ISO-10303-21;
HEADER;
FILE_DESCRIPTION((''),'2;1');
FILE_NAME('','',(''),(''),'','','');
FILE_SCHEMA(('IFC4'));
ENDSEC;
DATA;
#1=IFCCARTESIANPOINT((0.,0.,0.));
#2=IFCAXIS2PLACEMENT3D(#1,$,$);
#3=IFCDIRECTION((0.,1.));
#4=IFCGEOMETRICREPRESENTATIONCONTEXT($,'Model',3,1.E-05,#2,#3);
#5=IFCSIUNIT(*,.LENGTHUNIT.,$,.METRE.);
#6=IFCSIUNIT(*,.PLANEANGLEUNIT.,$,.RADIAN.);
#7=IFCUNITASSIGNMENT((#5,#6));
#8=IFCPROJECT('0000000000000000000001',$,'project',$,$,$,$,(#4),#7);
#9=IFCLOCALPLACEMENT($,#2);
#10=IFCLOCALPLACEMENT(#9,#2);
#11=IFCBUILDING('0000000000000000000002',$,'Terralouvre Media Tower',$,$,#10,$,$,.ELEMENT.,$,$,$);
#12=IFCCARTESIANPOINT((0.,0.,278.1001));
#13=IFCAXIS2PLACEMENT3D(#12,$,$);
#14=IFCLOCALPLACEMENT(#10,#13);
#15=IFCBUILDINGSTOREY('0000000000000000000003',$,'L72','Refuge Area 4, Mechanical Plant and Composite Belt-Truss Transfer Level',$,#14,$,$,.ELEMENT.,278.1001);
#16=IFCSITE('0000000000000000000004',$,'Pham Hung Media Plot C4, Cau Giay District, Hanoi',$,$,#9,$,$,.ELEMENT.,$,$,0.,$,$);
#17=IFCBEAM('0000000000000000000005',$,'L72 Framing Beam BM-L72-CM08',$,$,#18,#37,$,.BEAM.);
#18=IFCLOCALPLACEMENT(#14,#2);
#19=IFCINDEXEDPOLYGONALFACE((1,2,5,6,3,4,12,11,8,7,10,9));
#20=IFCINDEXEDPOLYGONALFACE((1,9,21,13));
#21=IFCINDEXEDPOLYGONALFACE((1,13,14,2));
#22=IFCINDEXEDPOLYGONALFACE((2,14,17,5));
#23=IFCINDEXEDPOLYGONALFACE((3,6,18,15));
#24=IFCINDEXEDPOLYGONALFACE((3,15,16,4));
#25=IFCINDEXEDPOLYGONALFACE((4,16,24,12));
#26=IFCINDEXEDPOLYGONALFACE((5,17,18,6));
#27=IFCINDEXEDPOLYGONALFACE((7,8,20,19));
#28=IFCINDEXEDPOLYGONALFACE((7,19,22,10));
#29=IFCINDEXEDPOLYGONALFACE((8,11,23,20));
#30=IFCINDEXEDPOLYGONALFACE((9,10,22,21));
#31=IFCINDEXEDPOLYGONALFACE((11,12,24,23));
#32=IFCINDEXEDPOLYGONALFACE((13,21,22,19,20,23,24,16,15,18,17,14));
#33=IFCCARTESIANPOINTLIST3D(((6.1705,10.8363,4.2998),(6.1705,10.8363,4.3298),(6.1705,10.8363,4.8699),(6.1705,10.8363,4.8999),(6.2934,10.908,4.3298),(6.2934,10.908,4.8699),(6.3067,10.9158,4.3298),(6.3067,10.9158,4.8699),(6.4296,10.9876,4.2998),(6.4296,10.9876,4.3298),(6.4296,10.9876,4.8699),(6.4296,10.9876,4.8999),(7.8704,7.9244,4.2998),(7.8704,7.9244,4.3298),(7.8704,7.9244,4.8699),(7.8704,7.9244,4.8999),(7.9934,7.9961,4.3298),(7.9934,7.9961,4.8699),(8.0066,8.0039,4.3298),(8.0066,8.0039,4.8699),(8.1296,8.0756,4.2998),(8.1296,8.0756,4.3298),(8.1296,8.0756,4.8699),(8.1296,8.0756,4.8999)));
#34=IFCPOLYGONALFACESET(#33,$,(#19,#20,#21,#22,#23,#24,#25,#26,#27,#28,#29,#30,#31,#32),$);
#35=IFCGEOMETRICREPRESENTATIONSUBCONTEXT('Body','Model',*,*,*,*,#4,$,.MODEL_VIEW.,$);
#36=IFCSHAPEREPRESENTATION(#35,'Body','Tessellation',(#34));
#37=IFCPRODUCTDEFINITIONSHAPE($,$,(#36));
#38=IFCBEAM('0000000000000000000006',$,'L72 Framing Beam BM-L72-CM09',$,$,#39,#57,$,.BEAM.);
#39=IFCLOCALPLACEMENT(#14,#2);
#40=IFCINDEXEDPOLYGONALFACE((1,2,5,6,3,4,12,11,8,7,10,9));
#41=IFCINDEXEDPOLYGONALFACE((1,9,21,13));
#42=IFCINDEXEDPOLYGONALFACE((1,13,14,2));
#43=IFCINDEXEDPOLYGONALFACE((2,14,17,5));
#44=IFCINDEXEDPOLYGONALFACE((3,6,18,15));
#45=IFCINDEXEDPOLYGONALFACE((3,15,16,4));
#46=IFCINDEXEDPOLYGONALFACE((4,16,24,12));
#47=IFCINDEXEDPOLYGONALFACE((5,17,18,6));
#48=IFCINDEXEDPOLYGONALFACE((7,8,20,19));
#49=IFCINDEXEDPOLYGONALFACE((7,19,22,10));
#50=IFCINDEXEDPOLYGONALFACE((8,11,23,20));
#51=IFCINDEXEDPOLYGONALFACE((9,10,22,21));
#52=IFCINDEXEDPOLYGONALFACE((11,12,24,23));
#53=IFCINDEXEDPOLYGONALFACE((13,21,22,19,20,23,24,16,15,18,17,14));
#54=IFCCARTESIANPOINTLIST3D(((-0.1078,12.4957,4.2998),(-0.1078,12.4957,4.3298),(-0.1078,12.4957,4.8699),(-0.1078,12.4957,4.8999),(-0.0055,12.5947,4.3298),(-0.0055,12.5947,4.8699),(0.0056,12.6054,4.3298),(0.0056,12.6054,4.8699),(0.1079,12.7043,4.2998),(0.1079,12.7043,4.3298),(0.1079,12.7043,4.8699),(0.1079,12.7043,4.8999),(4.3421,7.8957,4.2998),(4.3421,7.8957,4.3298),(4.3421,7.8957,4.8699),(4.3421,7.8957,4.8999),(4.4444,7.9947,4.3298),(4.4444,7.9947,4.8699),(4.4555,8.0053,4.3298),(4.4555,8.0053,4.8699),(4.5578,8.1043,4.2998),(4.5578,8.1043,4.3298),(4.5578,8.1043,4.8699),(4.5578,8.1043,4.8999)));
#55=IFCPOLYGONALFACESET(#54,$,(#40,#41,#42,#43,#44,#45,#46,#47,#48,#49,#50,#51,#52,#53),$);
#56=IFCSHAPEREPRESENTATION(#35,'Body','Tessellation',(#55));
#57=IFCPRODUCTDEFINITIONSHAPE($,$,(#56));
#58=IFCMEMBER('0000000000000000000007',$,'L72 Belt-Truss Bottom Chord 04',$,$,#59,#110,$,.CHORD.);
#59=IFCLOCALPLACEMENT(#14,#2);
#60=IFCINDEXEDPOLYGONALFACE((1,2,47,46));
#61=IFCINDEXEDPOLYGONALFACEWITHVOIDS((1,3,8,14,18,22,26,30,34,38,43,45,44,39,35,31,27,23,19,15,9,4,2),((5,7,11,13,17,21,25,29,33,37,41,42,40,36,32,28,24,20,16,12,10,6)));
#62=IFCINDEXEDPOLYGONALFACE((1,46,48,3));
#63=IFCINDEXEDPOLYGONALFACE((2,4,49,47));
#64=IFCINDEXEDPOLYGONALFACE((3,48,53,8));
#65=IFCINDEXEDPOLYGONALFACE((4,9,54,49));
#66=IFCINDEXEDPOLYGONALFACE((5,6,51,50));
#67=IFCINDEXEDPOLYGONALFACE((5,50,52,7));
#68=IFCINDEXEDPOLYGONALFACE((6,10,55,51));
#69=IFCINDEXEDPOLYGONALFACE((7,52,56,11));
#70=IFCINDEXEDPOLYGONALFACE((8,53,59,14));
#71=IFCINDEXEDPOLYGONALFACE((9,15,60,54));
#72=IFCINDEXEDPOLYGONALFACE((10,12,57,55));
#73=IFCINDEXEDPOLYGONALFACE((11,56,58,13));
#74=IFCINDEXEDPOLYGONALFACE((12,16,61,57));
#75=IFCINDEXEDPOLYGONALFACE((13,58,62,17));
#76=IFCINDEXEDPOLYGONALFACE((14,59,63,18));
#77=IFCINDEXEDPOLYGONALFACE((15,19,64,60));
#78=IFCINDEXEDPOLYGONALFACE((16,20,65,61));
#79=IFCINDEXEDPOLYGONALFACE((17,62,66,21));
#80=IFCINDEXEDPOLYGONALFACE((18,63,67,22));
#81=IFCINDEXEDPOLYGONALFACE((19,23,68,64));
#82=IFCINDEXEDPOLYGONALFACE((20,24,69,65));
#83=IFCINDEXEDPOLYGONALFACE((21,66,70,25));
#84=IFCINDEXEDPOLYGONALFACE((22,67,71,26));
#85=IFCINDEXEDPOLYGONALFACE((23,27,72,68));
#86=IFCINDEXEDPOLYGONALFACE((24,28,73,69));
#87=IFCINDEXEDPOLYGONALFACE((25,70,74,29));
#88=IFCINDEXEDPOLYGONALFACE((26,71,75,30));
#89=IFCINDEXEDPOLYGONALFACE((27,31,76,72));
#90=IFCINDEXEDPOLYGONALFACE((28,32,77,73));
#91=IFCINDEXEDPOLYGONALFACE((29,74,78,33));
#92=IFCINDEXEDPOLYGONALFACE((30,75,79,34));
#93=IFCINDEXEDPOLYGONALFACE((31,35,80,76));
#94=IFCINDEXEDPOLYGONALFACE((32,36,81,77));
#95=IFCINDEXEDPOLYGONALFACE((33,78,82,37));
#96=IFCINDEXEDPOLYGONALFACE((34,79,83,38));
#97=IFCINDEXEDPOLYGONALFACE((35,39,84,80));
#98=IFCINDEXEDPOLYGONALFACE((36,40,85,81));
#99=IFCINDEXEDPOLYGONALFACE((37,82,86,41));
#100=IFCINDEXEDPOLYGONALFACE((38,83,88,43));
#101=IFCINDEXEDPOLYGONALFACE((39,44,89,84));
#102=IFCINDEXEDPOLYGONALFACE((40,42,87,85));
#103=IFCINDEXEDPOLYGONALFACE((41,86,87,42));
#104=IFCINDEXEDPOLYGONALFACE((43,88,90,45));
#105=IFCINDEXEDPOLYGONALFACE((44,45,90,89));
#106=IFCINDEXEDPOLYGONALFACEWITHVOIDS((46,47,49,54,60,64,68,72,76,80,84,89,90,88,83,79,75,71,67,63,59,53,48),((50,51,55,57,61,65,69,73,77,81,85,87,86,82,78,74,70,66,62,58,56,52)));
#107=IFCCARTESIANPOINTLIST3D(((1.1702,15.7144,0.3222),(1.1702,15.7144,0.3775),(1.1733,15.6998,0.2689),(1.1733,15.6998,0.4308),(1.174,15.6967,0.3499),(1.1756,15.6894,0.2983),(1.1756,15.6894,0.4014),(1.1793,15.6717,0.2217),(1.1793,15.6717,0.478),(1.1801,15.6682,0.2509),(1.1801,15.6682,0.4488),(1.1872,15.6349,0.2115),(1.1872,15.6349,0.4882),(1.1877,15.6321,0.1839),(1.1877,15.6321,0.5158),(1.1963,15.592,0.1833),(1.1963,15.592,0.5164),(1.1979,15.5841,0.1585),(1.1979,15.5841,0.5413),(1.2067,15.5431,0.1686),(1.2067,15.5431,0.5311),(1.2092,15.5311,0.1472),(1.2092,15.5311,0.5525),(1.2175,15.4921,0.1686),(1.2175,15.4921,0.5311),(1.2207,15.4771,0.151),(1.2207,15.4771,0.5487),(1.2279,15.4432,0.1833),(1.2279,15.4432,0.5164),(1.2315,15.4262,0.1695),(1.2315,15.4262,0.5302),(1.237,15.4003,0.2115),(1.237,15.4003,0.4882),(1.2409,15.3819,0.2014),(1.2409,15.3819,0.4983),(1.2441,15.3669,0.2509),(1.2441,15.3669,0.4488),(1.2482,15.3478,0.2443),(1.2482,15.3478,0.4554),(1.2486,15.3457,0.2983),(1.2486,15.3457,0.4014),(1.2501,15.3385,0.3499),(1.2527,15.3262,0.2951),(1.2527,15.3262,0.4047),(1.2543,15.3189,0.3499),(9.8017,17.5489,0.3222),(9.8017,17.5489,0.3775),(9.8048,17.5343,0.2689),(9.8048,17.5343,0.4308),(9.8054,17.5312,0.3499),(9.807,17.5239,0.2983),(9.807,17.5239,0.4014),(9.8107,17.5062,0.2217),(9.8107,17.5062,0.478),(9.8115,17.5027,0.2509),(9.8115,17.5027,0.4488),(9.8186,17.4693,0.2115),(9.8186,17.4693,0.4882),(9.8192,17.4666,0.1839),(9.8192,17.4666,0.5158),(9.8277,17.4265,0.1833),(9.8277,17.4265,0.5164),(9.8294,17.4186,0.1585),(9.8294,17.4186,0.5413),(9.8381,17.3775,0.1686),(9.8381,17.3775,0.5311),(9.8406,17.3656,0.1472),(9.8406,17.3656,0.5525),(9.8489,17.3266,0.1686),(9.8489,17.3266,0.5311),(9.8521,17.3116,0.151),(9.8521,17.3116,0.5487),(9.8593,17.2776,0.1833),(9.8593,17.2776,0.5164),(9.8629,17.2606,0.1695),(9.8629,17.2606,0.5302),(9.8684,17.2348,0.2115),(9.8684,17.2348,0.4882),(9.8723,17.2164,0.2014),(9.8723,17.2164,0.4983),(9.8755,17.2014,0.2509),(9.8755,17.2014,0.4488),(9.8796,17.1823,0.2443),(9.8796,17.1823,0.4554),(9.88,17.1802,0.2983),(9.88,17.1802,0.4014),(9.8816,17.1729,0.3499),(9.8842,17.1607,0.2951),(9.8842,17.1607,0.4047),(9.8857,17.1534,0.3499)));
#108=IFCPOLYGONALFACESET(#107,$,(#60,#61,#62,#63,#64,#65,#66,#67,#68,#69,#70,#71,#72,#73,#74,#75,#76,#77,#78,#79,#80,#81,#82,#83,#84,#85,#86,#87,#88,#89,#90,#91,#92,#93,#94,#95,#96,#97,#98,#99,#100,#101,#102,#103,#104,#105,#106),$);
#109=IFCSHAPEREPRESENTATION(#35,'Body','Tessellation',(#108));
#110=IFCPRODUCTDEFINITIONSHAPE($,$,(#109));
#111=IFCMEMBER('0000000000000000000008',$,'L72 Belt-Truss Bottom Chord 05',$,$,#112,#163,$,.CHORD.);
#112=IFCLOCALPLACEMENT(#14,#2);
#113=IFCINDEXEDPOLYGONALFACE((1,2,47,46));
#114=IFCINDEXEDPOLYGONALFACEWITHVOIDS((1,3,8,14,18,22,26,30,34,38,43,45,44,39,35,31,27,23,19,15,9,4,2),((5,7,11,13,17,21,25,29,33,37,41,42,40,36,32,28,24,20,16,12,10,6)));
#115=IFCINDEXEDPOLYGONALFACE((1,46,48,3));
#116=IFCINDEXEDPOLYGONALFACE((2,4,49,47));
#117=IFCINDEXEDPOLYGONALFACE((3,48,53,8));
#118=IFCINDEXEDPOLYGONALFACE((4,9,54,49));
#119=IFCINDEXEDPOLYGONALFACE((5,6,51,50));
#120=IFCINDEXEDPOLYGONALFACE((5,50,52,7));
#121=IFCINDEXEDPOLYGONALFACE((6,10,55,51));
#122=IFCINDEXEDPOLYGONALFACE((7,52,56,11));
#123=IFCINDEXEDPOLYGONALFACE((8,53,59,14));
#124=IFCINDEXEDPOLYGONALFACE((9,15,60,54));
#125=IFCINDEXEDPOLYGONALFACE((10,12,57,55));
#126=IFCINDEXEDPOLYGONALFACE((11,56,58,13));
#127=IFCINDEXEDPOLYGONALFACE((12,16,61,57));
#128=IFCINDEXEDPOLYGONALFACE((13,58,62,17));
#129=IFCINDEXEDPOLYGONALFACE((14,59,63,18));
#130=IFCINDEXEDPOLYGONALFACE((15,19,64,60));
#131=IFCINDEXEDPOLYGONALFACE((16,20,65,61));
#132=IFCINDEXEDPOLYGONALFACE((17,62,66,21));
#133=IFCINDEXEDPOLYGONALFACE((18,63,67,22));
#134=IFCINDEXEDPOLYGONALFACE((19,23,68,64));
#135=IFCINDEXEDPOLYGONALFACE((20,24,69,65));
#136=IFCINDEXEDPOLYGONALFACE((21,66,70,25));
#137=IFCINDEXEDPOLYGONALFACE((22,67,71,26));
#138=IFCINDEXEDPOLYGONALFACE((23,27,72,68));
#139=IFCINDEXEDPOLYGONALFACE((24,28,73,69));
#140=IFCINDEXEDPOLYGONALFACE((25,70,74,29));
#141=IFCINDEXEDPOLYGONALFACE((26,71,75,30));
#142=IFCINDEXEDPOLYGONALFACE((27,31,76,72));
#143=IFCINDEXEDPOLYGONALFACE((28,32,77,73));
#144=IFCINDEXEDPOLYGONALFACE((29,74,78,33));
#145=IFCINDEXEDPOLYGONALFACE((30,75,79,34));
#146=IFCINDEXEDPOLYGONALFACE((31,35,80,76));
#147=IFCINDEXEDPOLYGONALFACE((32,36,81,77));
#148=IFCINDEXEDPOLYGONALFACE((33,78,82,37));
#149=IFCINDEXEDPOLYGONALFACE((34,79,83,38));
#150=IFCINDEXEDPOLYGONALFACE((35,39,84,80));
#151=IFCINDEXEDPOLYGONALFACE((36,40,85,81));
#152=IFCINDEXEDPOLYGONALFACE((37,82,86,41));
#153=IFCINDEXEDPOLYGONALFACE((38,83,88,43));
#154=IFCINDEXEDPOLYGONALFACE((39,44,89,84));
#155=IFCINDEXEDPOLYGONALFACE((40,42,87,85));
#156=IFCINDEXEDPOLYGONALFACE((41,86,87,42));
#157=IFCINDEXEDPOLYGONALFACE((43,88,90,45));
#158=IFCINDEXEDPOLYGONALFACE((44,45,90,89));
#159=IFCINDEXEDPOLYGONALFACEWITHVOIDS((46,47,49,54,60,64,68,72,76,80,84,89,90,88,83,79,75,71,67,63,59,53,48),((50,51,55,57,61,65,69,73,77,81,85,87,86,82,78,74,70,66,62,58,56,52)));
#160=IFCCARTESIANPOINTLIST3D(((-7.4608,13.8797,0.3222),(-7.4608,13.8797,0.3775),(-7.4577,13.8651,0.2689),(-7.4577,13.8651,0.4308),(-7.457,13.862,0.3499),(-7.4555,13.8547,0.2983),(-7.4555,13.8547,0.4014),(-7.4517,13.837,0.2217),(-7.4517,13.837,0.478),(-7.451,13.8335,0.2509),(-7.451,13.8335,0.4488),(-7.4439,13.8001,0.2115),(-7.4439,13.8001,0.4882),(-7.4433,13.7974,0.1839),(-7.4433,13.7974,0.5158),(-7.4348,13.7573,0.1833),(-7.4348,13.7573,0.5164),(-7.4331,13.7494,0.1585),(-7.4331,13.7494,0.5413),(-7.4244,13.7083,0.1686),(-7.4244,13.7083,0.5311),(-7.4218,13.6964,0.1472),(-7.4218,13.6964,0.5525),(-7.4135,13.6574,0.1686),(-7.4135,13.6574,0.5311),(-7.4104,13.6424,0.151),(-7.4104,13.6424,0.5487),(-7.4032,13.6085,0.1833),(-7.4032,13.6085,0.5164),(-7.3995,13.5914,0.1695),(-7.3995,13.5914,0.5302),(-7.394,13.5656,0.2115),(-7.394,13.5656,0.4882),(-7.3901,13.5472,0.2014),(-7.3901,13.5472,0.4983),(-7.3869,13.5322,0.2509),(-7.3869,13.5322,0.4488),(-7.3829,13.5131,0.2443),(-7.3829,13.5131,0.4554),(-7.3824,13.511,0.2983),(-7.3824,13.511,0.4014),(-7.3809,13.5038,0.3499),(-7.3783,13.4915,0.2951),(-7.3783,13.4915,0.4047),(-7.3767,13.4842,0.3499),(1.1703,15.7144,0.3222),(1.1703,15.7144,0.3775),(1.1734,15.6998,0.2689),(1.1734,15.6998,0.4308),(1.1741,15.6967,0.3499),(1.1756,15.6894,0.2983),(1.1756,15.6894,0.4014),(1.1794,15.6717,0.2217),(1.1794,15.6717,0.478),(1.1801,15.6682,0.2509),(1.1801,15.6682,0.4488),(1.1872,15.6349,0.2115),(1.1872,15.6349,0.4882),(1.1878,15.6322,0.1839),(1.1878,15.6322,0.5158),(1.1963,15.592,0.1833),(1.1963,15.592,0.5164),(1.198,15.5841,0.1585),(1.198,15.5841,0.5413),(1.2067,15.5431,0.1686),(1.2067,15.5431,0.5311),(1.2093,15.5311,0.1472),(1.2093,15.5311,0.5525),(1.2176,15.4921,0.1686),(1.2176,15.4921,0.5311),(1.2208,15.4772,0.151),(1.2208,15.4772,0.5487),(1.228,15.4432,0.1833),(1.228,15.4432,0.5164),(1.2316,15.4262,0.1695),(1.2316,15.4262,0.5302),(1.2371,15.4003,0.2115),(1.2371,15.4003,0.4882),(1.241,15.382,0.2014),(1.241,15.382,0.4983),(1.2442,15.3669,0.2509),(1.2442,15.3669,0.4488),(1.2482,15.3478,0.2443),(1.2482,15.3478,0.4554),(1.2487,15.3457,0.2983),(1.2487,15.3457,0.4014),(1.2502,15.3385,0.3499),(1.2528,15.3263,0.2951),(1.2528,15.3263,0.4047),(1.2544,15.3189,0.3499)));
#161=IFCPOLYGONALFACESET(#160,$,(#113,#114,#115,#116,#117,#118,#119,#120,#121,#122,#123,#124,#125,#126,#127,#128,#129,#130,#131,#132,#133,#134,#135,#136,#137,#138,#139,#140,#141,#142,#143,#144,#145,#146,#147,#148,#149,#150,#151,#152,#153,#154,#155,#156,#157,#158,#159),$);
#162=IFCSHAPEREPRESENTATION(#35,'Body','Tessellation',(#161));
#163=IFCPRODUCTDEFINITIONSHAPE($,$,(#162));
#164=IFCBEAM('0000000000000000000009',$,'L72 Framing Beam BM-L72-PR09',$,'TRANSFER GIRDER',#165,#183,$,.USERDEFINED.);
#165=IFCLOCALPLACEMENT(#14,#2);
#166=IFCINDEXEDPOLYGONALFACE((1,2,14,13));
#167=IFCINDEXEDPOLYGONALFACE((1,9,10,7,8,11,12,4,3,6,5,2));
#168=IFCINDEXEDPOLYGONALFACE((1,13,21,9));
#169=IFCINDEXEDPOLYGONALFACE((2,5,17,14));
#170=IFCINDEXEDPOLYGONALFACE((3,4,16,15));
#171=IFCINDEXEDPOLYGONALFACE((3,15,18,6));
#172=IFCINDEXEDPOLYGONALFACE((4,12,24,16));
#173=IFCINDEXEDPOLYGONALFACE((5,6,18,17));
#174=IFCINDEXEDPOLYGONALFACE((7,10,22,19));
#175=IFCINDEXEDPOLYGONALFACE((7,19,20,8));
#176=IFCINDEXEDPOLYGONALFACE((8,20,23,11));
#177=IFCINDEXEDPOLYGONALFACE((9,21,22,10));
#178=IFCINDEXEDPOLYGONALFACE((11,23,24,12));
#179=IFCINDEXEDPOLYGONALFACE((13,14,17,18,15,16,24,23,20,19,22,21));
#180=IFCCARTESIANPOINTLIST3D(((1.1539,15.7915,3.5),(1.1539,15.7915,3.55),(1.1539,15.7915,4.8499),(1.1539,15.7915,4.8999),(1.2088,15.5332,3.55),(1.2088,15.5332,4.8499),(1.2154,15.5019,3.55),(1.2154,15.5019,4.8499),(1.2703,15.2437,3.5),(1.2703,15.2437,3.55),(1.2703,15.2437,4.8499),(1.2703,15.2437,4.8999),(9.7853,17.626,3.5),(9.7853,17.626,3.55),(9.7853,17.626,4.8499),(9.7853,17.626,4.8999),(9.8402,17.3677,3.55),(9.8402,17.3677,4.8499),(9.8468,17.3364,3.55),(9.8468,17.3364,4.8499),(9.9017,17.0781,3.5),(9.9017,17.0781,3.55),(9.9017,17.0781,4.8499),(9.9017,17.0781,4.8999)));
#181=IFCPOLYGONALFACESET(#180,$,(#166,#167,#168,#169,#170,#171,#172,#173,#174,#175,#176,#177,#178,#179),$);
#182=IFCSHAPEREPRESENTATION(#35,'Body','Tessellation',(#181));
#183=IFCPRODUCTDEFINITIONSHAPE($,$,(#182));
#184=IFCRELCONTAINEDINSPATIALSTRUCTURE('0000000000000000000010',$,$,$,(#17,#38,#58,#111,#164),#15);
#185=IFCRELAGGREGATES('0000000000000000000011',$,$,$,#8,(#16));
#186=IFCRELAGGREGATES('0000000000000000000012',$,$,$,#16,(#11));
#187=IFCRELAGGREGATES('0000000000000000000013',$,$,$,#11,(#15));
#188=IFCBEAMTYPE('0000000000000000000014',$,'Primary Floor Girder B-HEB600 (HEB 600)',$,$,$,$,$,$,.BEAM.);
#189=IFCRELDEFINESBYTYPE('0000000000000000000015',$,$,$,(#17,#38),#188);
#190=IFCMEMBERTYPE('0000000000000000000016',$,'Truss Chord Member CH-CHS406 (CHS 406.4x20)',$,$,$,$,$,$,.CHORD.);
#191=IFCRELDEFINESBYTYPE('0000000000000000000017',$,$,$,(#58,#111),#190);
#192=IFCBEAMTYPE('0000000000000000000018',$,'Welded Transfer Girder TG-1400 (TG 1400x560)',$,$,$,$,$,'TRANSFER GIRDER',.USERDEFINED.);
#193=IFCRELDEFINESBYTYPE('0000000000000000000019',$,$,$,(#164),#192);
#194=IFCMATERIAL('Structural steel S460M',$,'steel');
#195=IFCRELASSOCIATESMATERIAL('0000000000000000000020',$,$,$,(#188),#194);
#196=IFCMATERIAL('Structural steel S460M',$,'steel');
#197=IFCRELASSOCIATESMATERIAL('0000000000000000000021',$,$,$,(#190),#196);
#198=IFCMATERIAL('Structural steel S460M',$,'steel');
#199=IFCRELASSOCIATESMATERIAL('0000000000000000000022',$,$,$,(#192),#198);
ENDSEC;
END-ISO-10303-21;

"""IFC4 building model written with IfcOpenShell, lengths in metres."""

from ifc_helpers import new_model, si_unit, direction, frame, origin, origin_2d, place, context, subcontext, project, spatial, hollow_circle, i_section, extrude, material, material_profile, profile_set, type_object, element, save


model = new_model("IFC4")

# Units and contexts
model_context = context("Model", 3, precision=1e-05, world=origin(), true_north=direction((0.0, 1.0)))
body_context = subcontext(model_context, "Body", "Model", "MODEL_VIEW")
ifc_project = project(units=[si_unit("LENGTHUNIT", "METRE"), si_unit("PLANEANGLEUNIT", "RADIAN")], contexts=[model_context])

# Site, building, storey
site_placement = place(None, origin())
site = spatial("IfcSite", under=ifc_project, at=site_placement, Name="Pham Hung Media Plot C4, Cau Giay District, Hanoi", CompositionType="ELEMENT", RefElevation=0.0)
building_placement = place(site_placement, origin())
building = spatial("IfcBuilding", under=site, at=building_placement, Name="Terralouvre Media Tower", CompositionType="ELEMENT")
storey_placement = place(building_placement, frame((0.0, 0.0, 278.1001)))
storey = spatial("IfcBuildingStorey", under=building, at=storey_placement, Name="L72", Description="Refuge Area 4, Mechanical Plant and Composite Belt-Truss Transfer Level", CompositionType="ELEMENT", Elevation=278.1001)

# Beams
ifc_material_1 = material(Name="Structural steel S460M", Category="steel")
ifc_material_profile_1 = material_profile(ifc_material_1, i_section(OverallWidth=0.3, OverallDepth=0.6001, WebThickness=0.0154, FlangeThickness=0.03, at=origin_2d()), Name="HEB 600")
ifc_profile_set_1 = profile_set([ifc_material_profile_1], Name="Structural steel S460M")
beam_type_1 = type_object("IfcBeamType", Name="Primary Floor Girder B-HEB600 (HEB 600)", PredefinedType="BEAM", material=ifc_profile_set_1)
for number, where, z_axis, x_axis, name in (
    (1, (8.0, 8.0, 4.5999), (-0.504173, 0.863603, 0.0), (-0.863603, -0.504173, 0.0), "L72 Framing Beam BM-L72-CM08"),
):
    element("IfcBeam", number, at=place(storey_placement, frame(where, z_axis=z_axis, x_axis=x_axis)), inside=storey, type_object=beam_type_1, Name=name, PredefinedType="BEAM", context=body_context, shape_type="SweptSolid", body=[
        extrude(i_section(OverallWidth=0.3, OverallDepth=0.6001, WebThickness=0.0154, FlangeThickness=0.03, at=origin_2d()), origin(), (0.0, 0.0, 1.0), 3.3718),
    ])
beam_1_placement = place(storey_placement, frame((4.45, 8.0, 4.5999), z_axis=(-0.69528, 0.718739, 0.0), x_axis=(-0.718739, -0.69528, 0.0)))
element("IfcBeam", 2, at=beam_1_placement, inside=storey, type_object=beam_type_1, Name="L72 Framing Beam BM-L72-CM09", PredefinedType="BEAM", context=body_context, shape_type="SweptSolid", body=[
    extrude(i_section(OverallWidth=0.3, OverallDepth=0.6001, WebThickness=0.0154, FlangeThickness=0.03, at=origin_2d()), origin(), (0.0, 0.0, 1.0), 6.4001),
])

# Members
ifc_material_2 = material(Name="Structural steel S460M", Category="steel")
ifc_material_profile_2 = material_profile(ifc_material_2, hollow_circle(Radius=0.2031, WallThickness=0.02, at=origin_2d()), Name="CHS 406.4x20")
ifc_profile_set_2 = profile_set([ifc_material_profile_2], Name="Structural steel S460M")
member_type_1 = type_object("IfcMemberType", Name="Truss Chord Member CH-CHS406 (CHS 406.4x20)", PredefinedType="CHORD", material=ifc_profile_set_2)
member_1_placement = place(storey_placement, frame((9.8435, 17.3521, 0.3499), z_axis=(-0.978152, -0.207893, 0.0), x_axis=(0.207893, -0.978152, 0.0)))
element("IfcMember", 3, at=member_1_placement, inside=storey, type_object=member_type_1, Name="L72 Belt-Truss Bottom Chord 04", PredefinedType="CHORD", context=body_context, shape_type="SweptSolid", body=[
    extrude(hollow_circle(Radius=0.2031, WallThickness=0.02, at=origin_2d()), origin(), (0.0, 0.0, 1.0), 8.8242),
])
member_2_placement = place(storey_placement, frame((1.2122, 15.5176, 0.3499), z_axis=(-0.978145, -0.207925, 0.0), x_axis=(0.207925, -0.978145, 0.0)))
element("IfcMember", 4, at=member_2_placement, inside=storey, type_object=member_type_1, Name="L72 Belt-Truss Bottom Chord 05", PredefinedType="CHORD", context=body_context, shape_type="SweptSolid", body=[
    extrude(hollow_circle(Radius=0.2031, WallThickness=0.02, at=origin_2d()), origin(), (0.0, 0.0, 1.0), 8.824),
])

# Beam
ifc_material_3 = material(Name="Structural steel S460M", Category="steel")
ifc_material_profile_3 = material_profile(ifc_material_3, i_section(OverallWidth=0.5601, OverallDepth=1.3999, WebThickness=0.032, FlangeThickness=0.05, at=origin_2d()), Name="TG 1400x560")
ifc_profile_set_3 = profile_set([ifc_material_profile_3], Name="Structural steel S460M")
beam_type_2 = type_object("IfcBeamType", Name="Welded Transfer Girder TG-1400 (TG 1400x560)", ElementType="TRANSFER GIRDER", PredefinedType="USERDEFINED", material=ifc_profile_set_3)
beam_2_placement = place(storey_placement, frame((9.8435, 17.3521, 4.2), z_axis=(-0.978152, -0.207893, 0.0), x_axis=(0.207893, -0.978152, 0.0)))
element("IfcBeam", 5, at=beam_2_placement, inside=storey, type_object=beam_type_2, Name="L72 Framing Beam BM-L72-PR09", ObjectType="TRANSFER GIRDER", PredefinedType="USERDEFINED", context=body_context, shape_type="SweptSolid", body=[
    extrude(i_section(OverallWidth=0.5601, OverallDepth=1.3999, WebThickness=0.032, FlangeThickness=0.05, at=origin_2d()), origin(), (0.0, 0.0, 1.0), 8.8242),
])

save(model, "model.ifc")
